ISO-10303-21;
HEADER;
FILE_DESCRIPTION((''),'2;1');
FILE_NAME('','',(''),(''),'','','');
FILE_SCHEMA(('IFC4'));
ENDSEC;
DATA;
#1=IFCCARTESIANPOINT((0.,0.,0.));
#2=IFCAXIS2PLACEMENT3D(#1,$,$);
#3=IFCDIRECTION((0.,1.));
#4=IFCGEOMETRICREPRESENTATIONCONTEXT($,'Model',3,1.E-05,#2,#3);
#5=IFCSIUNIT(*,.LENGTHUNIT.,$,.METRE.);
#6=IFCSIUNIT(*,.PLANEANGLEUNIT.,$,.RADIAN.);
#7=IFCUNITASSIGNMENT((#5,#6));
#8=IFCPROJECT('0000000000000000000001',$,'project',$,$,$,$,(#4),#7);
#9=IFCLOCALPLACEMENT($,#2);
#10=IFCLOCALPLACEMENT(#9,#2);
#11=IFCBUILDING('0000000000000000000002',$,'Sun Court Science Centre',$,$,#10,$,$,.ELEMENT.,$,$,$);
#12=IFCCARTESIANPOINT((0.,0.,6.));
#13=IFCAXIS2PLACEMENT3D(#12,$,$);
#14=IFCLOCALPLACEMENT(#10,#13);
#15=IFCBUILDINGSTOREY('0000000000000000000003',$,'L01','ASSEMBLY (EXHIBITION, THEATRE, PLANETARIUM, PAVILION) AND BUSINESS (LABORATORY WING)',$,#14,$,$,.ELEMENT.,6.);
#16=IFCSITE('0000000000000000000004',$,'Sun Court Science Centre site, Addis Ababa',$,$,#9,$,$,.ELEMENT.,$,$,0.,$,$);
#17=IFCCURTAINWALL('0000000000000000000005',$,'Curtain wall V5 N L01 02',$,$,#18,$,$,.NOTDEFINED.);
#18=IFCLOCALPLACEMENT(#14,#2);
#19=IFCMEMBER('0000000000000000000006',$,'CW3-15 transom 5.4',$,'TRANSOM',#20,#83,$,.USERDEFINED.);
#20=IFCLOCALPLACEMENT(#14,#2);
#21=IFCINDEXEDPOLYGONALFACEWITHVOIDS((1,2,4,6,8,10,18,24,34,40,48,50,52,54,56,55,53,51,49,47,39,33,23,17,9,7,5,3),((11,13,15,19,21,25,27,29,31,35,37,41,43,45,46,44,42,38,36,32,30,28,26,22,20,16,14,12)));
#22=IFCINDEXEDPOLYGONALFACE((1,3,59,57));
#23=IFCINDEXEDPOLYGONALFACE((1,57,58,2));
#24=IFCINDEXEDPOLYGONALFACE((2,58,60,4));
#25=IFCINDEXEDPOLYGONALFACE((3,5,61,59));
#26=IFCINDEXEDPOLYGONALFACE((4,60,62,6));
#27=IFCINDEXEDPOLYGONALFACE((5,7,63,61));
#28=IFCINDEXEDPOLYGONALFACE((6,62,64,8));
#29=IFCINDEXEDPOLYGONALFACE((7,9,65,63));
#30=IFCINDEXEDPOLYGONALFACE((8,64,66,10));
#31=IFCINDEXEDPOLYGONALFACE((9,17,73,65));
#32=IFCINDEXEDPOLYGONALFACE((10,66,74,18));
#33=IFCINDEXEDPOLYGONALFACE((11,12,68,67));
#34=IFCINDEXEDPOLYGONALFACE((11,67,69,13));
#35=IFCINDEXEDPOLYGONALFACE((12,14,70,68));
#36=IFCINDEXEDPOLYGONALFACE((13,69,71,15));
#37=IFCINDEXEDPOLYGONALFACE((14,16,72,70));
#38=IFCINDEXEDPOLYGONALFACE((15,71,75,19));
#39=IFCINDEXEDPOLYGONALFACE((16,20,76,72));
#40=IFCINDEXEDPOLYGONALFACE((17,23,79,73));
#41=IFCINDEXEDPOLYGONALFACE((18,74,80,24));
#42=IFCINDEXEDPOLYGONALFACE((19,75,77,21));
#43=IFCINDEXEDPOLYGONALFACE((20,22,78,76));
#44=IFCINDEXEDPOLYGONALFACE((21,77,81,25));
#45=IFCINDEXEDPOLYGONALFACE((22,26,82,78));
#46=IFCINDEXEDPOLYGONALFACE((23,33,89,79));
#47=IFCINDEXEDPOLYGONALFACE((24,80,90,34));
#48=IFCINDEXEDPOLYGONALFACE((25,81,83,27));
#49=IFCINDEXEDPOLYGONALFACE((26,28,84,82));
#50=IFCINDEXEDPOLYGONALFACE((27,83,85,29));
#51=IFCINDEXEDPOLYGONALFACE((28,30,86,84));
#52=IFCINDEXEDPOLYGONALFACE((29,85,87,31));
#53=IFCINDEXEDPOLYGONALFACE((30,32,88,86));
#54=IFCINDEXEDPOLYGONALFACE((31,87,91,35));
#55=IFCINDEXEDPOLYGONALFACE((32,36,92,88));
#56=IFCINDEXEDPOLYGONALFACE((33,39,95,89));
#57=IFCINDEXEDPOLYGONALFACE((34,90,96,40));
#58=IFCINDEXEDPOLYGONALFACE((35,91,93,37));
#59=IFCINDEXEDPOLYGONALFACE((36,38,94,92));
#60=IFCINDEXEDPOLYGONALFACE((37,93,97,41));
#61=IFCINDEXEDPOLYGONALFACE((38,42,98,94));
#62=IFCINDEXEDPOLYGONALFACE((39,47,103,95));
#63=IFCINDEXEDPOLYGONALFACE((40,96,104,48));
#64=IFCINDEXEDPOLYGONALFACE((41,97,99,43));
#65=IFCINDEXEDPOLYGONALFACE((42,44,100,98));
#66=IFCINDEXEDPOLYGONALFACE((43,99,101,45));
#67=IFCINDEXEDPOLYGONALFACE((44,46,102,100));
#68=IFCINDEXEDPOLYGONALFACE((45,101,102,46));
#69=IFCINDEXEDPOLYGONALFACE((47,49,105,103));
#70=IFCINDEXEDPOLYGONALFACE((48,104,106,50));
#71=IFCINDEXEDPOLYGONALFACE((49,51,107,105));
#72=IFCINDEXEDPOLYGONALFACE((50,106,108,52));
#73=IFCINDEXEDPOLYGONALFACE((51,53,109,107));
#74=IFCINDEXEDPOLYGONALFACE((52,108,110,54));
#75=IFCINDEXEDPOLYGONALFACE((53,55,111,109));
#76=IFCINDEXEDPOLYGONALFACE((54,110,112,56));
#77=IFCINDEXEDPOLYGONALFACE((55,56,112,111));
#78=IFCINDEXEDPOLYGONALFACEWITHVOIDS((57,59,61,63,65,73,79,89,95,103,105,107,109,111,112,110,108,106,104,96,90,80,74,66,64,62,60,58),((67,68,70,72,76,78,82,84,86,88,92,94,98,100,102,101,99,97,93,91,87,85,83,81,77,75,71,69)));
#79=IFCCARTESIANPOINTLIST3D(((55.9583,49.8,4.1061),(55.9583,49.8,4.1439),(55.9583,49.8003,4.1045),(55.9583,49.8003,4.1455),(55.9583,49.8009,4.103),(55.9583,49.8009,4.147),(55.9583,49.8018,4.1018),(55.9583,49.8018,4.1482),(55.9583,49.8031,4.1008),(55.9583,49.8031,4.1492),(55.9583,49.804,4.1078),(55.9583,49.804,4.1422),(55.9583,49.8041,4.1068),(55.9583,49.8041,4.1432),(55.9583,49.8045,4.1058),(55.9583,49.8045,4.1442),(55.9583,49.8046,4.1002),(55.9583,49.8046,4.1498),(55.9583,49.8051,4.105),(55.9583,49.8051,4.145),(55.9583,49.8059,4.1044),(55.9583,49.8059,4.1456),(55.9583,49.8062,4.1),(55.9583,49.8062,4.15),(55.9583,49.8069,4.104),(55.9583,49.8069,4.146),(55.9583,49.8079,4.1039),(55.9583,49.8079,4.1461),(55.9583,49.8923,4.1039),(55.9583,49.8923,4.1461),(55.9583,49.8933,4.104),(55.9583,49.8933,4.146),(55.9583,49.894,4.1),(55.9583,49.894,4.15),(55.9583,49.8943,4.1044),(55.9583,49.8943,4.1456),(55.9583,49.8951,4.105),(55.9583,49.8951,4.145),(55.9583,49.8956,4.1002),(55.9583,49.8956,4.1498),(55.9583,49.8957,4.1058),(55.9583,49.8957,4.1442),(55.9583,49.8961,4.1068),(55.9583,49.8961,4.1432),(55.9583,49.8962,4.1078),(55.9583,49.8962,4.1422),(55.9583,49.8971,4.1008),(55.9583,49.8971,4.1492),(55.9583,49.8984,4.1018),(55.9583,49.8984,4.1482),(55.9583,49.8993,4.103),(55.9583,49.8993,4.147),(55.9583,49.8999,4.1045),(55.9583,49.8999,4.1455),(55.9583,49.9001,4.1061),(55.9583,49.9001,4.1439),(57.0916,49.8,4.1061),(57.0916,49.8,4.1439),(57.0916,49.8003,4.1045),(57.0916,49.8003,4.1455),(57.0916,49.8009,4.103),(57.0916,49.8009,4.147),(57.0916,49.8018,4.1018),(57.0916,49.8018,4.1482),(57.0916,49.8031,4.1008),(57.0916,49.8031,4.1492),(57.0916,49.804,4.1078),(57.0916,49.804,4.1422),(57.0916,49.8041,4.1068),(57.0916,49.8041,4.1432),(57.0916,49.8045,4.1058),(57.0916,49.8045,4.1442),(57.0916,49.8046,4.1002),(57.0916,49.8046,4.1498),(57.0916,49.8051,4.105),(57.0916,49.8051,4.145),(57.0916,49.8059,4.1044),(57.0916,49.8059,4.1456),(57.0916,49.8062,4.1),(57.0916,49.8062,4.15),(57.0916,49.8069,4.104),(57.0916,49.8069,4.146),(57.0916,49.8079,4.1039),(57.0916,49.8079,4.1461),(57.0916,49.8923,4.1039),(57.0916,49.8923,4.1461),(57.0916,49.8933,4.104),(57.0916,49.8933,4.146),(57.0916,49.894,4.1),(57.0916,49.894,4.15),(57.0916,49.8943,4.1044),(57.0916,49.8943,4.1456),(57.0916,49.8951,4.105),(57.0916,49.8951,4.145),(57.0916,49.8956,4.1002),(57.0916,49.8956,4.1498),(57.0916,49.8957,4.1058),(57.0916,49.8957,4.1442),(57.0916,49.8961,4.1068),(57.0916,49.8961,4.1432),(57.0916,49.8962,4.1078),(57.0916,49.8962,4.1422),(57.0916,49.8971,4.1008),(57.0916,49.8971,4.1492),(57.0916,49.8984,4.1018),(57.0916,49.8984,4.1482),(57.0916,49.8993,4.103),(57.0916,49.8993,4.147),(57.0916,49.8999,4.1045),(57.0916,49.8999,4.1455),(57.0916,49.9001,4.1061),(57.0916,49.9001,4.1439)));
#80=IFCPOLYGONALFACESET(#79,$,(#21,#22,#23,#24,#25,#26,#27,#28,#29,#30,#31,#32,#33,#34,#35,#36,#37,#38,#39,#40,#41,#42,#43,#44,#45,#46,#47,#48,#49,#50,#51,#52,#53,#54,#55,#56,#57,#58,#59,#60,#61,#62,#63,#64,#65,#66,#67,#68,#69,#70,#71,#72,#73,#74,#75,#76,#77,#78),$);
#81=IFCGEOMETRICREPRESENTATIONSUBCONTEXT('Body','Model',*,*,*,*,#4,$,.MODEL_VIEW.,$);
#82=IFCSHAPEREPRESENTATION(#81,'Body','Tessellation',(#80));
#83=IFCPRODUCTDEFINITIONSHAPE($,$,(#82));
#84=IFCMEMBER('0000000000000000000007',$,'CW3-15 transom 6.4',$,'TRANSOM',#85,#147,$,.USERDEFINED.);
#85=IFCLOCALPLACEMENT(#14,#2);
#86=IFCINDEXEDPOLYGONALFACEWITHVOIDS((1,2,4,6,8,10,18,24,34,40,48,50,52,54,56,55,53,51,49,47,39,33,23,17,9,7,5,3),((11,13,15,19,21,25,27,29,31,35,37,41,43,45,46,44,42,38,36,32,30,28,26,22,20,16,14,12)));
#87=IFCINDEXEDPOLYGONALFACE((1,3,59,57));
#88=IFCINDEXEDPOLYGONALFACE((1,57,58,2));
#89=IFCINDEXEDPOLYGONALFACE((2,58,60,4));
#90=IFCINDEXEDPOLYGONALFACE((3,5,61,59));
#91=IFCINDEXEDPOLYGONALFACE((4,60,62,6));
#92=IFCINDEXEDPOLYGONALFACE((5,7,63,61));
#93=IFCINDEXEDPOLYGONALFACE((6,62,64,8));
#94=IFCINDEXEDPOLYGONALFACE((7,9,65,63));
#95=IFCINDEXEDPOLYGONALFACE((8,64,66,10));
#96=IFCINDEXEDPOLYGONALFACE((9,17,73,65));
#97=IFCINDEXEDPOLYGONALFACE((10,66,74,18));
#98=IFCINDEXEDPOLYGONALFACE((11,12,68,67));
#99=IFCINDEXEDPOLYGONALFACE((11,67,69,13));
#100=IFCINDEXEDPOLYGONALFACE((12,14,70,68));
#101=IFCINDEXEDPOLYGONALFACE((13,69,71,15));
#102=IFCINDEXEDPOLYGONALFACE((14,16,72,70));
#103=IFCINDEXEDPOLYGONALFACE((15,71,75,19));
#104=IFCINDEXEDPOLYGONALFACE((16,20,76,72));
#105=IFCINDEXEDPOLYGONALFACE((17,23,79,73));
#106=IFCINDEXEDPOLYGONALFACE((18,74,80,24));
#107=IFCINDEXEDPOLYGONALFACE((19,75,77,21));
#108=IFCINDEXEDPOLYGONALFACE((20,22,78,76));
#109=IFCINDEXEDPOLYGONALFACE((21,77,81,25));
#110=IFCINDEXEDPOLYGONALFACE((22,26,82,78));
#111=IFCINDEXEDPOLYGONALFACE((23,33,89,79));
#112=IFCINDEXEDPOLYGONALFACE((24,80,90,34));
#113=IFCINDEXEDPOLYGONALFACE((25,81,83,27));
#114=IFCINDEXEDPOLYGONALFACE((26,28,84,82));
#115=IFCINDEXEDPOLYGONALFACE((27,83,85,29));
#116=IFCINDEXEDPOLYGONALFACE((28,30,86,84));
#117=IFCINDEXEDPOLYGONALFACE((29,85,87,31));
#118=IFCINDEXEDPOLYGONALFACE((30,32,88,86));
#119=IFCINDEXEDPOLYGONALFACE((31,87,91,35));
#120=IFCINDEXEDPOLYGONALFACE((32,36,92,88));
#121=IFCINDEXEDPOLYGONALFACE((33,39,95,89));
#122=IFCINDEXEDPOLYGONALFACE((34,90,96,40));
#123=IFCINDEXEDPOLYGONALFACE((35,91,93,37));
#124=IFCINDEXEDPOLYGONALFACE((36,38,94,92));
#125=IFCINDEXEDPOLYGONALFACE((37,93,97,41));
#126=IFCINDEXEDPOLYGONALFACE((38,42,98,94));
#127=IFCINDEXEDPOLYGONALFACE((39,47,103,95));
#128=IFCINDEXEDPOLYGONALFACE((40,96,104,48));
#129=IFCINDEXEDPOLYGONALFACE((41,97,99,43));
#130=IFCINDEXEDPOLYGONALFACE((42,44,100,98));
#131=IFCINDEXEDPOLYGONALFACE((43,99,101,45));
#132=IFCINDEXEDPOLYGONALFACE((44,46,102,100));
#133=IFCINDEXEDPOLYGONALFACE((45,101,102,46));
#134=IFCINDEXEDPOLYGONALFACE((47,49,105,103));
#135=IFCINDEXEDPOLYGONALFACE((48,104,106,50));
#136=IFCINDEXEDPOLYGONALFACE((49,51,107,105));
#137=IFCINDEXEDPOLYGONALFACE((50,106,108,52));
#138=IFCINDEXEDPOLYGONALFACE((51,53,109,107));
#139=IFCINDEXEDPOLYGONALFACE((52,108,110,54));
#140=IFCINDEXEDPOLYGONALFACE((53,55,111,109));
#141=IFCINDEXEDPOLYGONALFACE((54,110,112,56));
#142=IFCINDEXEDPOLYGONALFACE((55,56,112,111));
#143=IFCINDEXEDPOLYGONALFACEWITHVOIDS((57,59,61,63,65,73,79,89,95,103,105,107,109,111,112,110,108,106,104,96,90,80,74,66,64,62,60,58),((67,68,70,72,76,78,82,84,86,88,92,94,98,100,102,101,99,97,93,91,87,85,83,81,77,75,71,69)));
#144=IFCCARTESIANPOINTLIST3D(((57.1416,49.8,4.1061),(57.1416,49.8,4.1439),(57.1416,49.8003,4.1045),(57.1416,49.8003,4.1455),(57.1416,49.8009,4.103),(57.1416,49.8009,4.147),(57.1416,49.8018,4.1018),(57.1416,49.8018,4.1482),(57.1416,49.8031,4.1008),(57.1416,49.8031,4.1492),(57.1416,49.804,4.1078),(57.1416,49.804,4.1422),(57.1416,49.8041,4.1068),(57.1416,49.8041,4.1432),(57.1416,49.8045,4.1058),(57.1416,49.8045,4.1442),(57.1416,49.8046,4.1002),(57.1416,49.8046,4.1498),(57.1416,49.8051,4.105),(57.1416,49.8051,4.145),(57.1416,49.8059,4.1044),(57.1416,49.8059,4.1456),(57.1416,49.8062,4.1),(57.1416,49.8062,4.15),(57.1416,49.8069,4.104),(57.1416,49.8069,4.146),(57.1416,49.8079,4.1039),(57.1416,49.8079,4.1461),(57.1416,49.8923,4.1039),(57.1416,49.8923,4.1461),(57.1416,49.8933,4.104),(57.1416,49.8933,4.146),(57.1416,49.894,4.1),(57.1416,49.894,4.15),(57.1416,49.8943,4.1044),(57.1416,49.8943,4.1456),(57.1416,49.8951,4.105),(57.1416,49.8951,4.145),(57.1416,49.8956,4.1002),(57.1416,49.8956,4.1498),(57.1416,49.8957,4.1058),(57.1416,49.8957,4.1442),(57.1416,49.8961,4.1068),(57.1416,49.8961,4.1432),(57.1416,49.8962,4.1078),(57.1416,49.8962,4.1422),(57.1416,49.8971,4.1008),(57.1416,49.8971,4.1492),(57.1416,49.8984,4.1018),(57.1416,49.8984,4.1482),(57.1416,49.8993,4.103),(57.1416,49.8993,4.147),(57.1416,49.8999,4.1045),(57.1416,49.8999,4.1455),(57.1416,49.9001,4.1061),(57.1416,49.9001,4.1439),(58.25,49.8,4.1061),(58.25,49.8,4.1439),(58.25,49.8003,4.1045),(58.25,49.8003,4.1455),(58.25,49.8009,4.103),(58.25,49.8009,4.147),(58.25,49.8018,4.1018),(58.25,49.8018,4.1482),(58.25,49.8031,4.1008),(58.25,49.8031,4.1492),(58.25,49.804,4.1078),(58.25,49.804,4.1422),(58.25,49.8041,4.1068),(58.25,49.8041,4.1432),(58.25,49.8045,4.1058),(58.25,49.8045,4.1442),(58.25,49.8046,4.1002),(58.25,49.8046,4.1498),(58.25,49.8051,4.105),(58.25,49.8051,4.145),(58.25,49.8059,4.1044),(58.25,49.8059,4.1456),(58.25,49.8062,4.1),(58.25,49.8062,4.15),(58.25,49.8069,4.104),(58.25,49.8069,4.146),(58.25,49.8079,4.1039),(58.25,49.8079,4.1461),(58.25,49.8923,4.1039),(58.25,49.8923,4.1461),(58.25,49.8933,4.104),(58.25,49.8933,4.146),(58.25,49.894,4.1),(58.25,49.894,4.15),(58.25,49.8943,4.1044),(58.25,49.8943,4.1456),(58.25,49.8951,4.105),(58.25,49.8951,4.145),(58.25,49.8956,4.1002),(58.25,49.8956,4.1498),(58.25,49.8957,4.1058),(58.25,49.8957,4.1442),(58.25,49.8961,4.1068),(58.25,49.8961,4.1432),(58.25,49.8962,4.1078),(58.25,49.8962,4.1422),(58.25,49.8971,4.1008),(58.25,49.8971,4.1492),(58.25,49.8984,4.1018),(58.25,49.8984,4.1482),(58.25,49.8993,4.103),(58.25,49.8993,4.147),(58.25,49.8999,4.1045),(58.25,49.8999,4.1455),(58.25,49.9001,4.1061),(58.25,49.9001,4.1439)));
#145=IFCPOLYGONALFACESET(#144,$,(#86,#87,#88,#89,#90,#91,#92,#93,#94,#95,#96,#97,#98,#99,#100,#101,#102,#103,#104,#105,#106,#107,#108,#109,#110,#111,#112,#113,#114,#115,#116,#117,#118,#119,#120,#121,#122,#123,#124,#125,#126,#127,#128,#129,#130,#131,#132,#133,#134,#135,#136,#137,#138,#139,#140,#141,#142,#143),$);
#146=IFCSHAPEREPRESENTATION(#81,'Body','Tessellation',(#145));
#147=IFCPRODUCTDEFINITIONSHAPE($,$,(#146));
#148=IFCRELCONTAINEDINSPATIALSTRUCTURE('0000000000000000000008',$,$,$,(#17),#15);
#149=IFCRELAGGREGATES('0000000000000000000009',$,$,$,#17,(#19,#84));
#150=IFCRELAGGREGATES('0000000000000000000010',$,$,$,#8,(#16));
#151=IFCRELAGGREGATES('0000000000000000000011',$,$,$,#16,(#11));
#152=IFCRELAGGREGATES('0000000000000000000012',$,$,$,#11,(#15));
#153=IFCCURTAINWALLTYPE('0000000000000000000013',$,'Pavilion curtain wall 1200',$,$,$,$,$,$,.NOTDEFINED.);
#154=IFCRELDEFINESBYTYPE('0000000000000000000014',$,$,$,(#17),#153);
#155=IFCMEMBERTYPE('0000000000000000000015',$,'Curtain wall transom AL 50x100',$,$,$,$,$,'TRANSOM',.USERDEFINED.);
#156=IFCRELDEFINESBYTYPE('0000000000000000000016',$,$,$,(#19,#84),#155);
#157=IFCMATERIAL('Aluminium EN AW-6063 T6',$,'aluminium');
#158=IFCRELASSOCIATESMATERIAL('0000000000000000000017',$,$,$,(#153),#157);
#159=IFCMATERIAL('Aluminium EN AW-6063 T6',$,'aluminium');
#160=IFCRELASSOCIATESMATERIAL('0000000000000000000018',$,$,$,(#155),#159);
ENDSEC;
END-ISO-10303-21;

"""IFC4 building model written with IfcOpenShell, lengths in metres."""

from ifc_helpers import new_model, si_unit, direction, frame, origin, origin_2d, place, context, subcontext, project, spatial, hollow_rectangle, extrude, material, material_profile, profile_set, type_object, element, aggregate, save


model = new_model("IFC4")

# Units and contexts
model_context = context("Model", 3, precision=1e-05, world=origin(), true_north=direction((0.0, 1.0)))
body_context = subcontext(model_context, "Body", "Model", "MODEL_VIEW")
ifc_project = project(units=[si_unit("LENGTHUNIT", "METRE"), si_unit("PLANEANGLEUNIT", "RADIAN")], contexts=[model_context])

# Site, building, storey
site_placement = place(None, origin())
site = spatial("IfcSite", under=ifc_project, at=site_placement, Name="Sun Court Science Centre site, Addis Ababa", CompositionType="ELEMENT", RefElevation=0.0)
building_placement = place(site_placement, origin())
building = spatial("IfcBuilding", under=site, at=building_placement, Name="Sun Court Science Centre", CompositionType="ELEMENT")
storey_placement = place(building_placement, frame((0.0, 0.0, 6.0)))
storey = spatial("IfcBuildingStorey", under=building, at=storey_placement, Name="L01", Description="ASSEMBLY (EXHIBITION, THEATRE, PLANETARIUM, PAVILION) AND BUSINESS (LABORATORY WING)", CompositionType="ELEMENT", Elevation=6.0)

# Curtain wall
ifc_material_1 = material(Name="Aluminium EN AW-6063 T6", Category="aluminium")
curtain_wall_type = type_object("IfcCurtainWallType", Name="Pavilion curtain wall 1200", PredefinedType="NOTDEFINED", material=ifc_material_1)
curtain_wall_1_placement = place(storey_placement, origin())
curtain_wall_1 = element("IfcCurtainWall", 1, at=curtain_wall_1_placement, inside=storey, type_object=curtain_wall_type, Name="Curtain wall V5 N L01 02", PredefinedType="NOTDEFINED")

# Members
ifc_material_2 = material(Name="Aluminium EN AW-6063 T6", Category="aluminium")
ifc_material_profile_1 = material_profile(ifc_material_2, hollow_rectangle(XDim=0.05, YDim=0.1001, WallThickness=0.0039, InnerFilletRadius=0.0039, OuterFilletRadius=0.0061, at=origin_2d()), Name="AL 50x100x4")
ifc_profile_set_1 = profile_set([ifc_material_profile_1], Name="Aluminium EN AW-6063 T6")
member_type_1 = type_object("IfcMemberType", Name="Curtain wall transom AL 50x100", ElementType="TRANSOM", PredefinedType="USERDEFINED", material=ifc_profile_set_1)
member_1_placement = place(storey_placement, frame((55.9583, 49.8501, 4.125), z_axis=(1.0, 0.0, 0.0), x_axis=(0.0, 0.0, 1.0)))
member_1 = element("IfcMember", 2, at=member_1_placement, type_object=member_type_1, Name="CW3-15 transom 5.4", ObjectType="TRANSOM", PredefinedType="USERDEFINED", context=body_context, shape_type="SweptSolid", body=[
    extrude(hollow_rectangle(XDim=0.05, YDim=0.1001, WallThickness=0.0039, InnerFilletRadius=0.0039, OuterFilletRadius=0.0061, at=origin_2d()), origin(), (0.0, 0.0, 1.0), 1.1333),
])
member_2_placement = place(storey_placement, frame((57.1416, 49.8501, 4.125), z_axis=(1.0, 0.0, 0.0), x_axis=(0.0, 0.0, 1.0)))
member_2 = element("IfcMember", 3, at=member_2_placement, type_object=member_type_1, Name="CW3-15 transom 6.4", ObjectType="TRANSOM", PredefinedType="USERDEFINED", context=body_context, shape_type="SweptSolid", body=[
    extrude(hollow_rectangle(XDim=0.05, YDim=0.1001, WallThickness=0.0039, InnerFilletRadius=0.0039, OuterFilletRadius=0.0061, at=origin_2d()), origin(), (0.0, 0.0, 1.0), 1.1084),
])

aggregate(curtain_wall_1, [member_1, member_2])

save(model, "model.ifc")
